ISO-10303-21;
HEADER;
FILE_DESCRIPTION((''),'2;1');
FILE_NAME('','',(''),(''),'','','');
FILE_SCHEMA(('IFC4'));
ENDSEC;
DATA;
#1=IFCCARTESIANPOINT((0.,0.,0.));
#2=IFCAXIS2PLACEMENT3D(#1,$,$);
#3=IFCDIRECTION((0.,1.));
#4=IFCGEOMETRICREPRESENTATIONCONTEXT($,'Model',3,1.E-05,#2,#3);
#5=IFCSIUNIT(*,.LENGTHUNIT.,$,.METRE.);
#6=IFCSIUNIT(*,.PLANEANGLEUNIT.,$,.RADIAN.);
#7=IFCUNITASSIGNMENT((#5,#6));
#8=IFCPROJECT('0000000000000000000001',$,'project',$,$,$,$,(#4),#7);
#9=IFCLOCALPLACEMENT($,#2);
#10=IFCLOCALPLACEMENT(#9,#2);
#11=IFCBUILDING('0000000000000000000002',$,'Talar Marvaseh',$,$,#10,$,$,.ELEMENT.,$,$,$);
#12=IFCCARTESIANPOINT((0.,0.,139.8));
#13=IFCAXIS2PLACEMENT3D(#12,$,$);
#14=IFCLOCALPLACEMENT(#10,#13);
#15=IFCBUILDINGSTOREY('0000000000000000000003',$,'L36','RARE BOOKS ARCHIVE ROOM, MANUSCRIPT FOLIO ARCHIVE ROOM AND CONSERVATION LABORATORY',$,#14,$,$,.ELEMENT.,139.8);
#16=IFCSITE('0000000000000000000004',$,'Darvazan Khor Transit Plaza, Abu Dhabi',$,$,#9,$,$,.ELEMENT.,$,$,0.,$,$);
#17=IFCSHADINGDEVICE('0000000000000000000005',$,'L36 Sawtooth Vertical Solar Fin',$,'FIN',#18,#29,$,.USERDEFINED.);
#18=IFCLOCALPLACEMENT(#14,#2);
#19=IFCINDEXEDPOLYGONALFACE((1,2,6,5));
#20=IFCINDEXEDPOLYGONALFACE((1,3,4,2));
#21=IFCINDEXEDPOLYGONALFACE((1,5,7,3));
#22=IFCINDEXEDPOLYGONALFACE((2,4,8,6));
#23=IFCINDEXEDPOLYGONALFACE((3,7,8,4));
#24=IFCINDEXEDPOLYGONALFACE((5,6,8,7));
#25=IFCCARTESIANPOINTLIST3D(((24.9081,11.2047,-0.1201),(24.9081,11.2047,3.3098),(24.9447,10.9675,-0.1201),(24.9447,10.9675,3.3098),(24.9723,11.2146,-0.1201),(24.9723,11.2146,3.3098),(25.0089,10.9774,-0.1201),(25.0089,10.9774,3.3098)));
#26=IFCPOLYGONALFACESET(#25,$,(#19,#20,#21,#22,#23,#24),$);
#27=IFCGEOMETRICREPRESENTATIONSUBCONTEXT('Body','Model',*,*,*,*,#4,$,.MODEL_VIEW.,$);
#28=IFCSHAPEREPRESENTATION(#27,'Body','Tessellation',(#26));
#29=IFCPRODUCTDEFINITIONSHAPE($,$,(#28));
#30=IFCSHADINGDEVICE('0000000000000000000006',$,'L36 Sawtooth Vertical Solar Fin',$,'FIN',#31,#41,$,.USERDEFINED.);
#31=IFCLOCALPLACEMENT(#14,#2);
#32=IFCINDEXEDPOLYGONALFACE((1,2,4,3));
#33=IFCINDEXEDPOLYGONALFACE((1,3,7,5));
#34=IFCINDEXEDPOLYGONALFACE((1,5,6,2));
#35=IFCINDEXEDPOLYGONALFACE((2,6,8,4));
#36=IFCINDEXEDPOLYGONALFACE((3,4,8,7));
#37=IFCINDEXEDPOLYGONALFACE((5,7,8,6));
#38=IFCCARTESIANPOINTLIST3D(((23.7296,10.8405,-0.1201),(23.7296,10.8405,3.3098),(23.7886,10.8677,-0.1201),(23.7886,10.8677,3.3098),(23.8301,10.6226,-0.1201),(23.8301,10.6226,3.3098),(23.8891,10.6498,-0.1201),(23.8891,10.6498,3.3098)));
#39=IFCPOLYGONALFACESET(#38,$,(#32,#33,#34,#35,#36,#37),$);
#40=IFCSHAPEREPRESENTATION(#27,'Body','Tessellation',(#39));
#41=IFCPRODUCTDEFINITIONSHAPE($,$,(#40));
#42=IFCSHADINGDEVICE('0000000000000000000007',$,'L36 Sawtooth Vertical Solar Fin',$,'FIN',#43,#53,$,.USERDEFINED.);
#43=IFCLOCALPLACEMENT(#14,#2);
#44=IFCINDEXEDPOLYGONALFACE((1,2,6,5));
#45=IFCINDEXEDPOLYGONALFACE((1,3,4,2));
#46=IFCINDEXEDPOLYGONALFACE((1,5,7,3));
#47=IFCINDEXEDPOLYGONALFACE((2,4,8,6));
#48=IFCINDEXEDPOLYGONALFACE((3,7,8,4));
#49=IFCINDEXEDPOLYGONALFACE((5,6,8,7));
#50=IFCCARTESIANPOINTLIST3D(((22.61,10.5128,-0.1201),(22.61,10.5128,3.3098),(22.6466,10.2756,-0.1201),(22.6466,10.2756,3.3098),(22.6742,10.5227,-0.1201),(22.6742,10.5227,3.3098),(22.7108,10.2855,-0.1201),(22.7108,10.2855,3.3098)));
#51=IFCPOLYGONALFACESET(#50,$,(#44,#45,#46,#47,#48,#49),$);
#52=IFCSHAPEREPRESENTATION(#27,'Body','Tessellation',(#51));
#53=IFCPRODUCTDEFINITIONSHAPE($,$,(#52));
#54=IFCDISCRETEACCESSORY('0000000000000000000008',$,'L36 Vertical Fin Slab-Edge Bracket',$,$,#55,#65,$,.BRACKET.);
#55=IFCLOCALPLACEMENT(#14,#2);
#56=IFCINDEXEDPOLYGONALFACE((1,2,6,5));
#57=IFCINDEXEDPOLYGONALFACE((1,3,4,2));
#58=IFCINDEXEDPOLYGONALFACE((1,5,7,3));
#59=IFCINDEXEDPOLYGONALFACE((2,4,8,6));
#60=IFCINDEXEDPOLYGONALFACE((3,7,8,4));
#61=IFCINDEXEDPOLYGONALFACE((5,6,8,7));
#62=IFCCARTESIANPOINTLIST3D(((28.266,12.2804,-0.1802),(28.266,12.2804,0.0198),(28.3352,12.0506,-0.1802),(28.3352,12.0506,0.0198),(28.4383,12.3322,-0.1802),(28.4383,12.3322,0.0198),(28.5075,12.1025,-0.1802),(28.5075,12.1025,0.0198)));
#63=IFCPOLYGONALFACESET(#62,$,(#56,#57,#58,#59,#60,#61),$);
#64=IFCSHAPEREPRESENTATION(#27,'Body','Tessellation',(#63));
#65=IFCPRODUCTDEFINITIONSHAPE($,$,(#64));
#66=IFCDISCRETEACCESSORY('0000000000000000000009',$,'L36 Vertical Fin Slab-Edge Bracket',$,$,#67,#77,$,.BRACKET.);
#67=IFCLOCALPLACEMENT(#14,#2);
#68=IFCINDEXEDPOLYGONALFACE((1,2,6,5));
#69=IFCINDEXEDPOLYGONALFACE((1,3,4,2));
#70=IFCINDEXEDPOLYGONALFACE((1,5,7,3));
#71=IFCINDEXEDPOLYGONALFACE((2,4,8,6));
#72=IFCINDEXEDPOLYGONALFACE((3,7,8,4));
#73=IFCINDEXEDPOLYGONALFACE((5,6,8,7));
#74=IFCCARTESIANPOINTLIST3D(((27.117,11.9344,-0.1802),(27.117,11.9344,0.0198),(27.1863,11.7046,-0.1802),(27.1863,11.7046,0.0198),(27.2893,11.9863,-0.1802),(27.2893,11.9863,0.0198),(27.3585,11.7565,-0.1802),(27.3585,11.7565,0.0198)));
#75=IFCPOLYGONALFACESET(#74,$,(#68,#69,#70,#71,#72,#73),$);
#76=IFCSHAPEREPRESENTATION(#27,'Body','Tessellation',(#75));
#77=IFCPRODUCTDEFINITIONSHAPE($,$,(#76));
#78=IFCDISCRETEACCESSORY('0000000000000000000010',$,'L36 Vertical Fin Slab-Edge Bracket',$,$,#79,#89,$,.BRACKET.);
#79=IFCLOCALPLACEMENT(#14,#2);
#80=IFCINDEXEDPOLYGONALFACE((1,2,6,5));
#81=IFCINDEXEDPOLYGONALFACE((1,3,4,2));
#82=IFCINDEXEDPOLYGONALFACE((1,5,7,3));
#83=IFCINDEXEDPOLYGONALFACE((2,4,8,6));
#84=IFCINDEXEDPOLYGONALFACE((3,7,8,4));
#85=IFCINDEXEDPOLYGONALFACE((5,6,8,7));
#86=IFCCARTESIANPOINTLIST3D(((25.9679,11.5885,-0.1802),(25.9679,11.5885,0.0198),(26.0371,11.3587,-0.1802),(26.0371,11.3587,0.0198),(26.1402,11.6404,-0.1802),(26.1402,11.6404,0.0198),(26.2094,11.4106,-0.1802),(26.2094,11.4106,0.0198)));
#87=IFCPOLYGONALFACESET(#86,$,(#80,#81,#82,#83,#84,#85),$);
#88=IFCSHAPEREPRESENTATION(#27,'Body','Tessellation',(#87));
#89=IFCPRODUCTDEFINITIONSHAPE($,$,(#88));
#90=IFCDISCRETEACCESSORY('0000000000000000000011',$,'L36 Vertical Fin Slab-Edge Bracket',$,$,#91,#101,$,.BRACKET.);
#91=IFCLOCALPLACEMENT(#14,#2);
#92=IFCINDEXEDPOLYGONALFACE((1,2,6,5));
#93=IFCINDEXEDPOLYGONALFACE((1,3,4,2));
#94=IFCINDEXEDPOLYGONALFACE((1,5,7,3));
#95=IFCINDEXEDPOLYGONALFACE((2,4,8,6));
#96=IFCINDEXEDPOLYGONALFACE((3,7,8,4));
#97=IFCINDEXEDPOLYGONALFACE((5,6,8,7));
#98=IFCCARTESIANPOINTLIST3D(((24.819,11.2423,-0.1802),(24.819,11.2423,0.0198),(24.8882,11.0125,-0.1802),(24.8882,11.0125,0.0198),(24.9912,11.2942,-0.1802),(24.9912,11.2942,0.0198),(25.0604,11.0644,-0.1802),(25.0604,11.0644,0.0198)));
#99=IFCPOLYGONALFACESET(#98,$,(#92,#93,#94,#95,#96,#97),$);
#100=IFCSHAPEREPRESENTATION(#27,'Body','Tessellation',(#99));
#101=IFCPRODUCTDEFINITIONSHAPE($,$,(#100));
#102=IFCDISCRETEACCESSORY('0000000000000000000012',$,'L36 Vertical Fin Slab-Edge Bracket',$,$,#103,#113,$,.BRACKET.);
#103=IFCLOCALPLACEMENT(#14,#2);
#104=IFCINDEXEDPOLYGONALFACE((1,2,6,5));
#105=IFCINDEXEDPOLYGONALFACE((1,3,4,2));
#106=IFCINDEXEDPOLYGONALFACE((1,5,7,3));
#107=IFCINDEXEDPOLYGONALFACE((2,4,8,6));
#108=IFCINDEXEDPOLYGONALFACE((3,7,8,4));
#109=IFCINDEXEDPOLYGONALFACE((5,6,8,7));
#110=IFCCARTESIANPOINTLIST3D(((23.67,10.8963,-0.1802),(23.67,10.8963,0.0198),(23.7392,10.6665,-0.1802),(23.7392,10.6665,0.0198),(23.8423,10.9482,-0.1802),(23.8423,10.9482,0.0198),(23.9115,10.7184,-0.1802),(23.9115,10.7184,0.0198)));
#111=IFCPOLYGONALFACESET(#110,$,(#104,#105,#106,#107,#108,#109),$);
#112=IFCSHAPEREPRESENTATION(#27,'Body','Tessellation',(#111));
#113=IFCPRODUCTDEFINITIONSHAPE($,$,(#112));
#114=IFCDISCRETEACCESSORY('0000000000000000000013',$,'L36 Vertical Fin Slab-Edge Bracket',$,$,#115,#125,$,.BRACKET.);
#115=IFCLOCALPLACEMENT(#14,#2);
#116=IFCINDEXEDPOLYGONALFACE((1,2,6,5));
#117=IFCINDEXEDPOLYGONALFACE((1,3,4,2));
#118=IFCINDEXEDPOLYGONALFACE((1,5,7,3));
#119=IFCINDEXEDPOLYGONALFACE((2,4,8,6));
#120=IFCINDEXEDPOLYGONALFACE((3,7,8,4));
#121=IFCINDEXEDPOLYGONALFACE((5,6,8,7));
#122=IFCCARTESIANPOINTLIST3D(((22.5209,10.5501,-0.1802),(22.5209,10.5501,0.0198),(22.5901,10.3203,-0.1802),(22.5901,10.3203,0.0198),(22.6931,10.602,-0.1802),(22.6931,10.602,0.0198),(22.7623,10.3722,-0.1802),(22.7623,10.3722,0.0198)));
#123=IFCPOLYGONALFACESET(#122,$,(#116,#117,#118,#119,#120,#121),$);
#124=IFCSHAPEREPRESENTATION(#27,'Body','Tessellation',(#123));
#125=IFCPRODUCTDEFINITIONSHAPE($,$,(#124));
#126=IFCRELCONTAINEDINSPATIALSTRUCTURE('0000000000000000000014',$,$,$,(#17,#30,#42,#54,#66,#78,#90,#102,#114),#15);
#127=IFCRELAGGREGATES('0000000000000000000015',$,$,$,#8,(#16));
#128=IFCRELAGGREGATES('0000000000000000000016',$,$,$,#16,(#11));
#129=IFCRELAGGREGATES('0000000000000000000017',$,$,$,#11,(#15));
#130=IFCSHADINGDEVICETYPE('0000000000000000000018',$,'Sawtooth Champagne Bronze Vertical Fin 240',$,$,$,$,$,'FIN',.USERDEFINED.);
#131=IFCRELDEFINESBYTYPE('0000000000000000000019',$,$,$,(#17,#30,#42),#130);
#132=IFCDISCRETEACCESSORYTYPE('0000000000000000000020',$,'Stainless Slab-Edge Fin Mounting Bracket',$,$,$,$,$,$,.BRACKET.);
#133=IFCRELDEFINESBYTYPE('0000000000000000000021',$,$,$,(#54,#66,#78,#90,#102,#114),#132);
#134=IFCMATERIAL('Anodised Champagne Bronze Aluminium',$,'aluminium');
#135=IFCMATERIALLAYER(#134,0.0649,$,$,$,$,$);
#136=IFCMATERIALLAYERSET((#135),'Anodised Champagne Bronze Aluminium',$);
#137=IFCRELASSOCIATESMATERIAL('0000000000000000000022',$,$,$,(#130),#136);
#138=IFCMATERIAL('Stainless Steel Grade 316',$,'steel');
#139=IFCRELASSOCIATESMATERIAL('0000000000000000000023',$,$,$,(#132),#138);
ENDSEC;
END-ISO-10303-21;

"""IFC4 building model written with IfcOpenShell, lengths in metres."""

from ifc_helpers import new_model, si_unit, direction, frame, origin, origin_2d, place, context, subcontext, project, spatial, rectangle, extrude, source, transform, mapped, material, layer, layer_set, type_object, type_shapes, element, save


model = new_model("IFC4")

# Units and contexts
model_context = context("Model", 3, precision=1e-05, world=origin(), true_north=direction((0.0, 1.0)))
body_context = subcontext(model_context, "Body", "Model", "MODEL_VIEW")
ifc_project = project(units=[si_unit("LENGTHUNIT", "METRE"), si_unit("PLANEANGLEUNIT", "RADIAN")], contexts=[model_context])

# Site, building, storey
site_placement = place(None, origin())
site = spatial("IfcSite", under=ifc_project, at=site_placement, Name="Darvazan Khor Transit Plaza, Abu Dhabi", CompositionType="ELEMENT", RefElevation=0.0)
building_placement = place(site_placement, origin())
building = spatial("IfcBuilding", under=site, at=building_placement, Name="Talar Marvaseh", CompositionType="ELEMENT")
storey_placement = place(building_placement, frame((0.0, 0.0, 139.8)))
storey = spatial("IfcBuildingStorey", under=building, at=storey_placement, Name="L36", Description="RARE BOOKS ARCHIVE ROOM, MANUSCRIPT FOLIO ARCHIVE ROOM AND CONSERVATION LABORATORY", CompositionType="ELEMENT", Elevation=139.8)

# Shading devices
ifc_material_1 = material(Name="Anodised Champagne Bronze Aluminium", Category="aluminium")
ifc_layer_1 = layer(ifc_material_1, 0.0649)
ifc_layer_set_1 = layer_set([ifc_layer_1], Name="Anodised Champagne Bronze Aluminium")
shading_device_type = type_object("IfcShadingDeviceType", Name="Sawtooth Champagne Bronze Vertical Fin 240", ElementType="FIN", PredefinedType="USERDEFINED", material=ifc_layer_set_1)
shared_shape_1 = source(origin(), body_context, "Body", "SweptSolid", [
    extrude(rectangle(XDim=0.24, YDim=0.0649, at=origin_2d()), origin(), (0.0, 0.0, 1.0), 3.4299),
])
type_shapes(shading_device_type, [shared_shape_1])
for number, where, z_axis, x_axis, name in (
    (1, (24.9585, 11.0911, -0.1201), (0.0, 0.0, 1.0), (0.152296, -0.988335, 0.0), "L36 Sawtooth Vertical Solar Fin"),
    (2, (23.8093, 10.7451, -0.1201), (0.0, 0.0, 1.0), (0.418818, -0.90807, 0.0), "L36 Sawtooth Vertical Solar Fin"),
    (3, (22.6604, 10.3992, -0.1201), (0.0, 0.0, 1.0), (0.152296, -0.988335, 0.0), "L36 Sawtooth Vertical Solar Fin"),
):
    element("IfcShadingDevice", number, at=place(storey_placement, frame(where, z_axis=z_axis, x_axis=x_axis)), inside=storey, type_object=shading_device_type, Name=name, ObjectType="FIN", PredefinedType="USERDEFINED", context=body_context, shape_type="MappedRepresentation", body=[
        mapped(shared_shape_1, transform((0.0, 0.0, 0.0), x_axis=(1.0, 0.0, 0.0), y_axis=(0.0, 1.0, 0.0), z_axis=(0.0, 0.0, 1.0), scale=1.0)),
    ])

# Discrete accessories
ifc_material_2 = material(Name="Stainless Steel Grade 316", Category="steel")
discrete_accessory_type = type_object("IfcDiscreteAccessoryType", Name="Stainless Slab-Edge Fin Mounting Bracket", PredefinedType="BRACKET", material=ifc_material_2)
shared_shape_2 = source(origin(), body_context, "Body", "SweptSolid", [
    extrude(rectangle(XDim=0.24, YDim=0.1799, at=origin_2d()), origin(), (0.0, 0.0, 1.0), 0.2),
])
type_shapes(discrete_accessory_type, [shared_shape_2])
for number, where, z_axis, x_axis, name in (
    (4, (28.3867, 12.1914, -0.1802), (0.0, 0.0, 1.0), (0.288363, -0.957521, 0.0), "L36 Vertical Fin Slab-Edge Bracket"),
    (5, (27.2378, 11.8455, -0.1802), (0.0, 0.0, 1.0), (0.288363, -0.957521, 0.0), "L36 Vertical Fin Slab-Edge Bracket"),
    (6, (26.0886, 11.4995, -0.1802), (0.0, 0.0, 1.0), (0.288363, -0.957521, 0.0), "L36 Vertical Fin Slab-Edge Bracket"),
    (7, (24.9397, 11.1533, -0.1802), (0.0, 0.0, 1.0), (0.288363, -0.957521, 0.0), "L36 Vertical Fin Slab-Edge Bracket"),
    (8, (23.7908, 10.8074, -0.1802), (0.0, 0.0, 1.0), (0.288363, -0.957521, 0.0), "L36 Vertical Fin Slab-Edge Bracket"),
    (9, (22.6416, 10.4612, -0.1802), (0.0, 0.0, 1.0), (0.288363, -0.957521, 0.0), "L36 Vertical Fin Slab-Edge Bracket"),
):
    element("IfcDiscreteAccessory", number, at=place(storey_placement, frame(where, z_axis=z_axis, x_axis=x_axis)), inside=storey, type_object=discrete_accessory_type, Name=name, PredefinedType="BRACKET", context=body_context, shape_type="MappedRepresentation", body=[
        mapped(shared_shape_2, transform((0.0, 0.0, 0.0), x_axis=(1.0, 0.0, 0.0), y_axis=(0.0, 1.0, 0.0), z_axis=(0.0, 0.0, 1.0), scale=1.0)),
    ])

save(model, "model.ifc")
